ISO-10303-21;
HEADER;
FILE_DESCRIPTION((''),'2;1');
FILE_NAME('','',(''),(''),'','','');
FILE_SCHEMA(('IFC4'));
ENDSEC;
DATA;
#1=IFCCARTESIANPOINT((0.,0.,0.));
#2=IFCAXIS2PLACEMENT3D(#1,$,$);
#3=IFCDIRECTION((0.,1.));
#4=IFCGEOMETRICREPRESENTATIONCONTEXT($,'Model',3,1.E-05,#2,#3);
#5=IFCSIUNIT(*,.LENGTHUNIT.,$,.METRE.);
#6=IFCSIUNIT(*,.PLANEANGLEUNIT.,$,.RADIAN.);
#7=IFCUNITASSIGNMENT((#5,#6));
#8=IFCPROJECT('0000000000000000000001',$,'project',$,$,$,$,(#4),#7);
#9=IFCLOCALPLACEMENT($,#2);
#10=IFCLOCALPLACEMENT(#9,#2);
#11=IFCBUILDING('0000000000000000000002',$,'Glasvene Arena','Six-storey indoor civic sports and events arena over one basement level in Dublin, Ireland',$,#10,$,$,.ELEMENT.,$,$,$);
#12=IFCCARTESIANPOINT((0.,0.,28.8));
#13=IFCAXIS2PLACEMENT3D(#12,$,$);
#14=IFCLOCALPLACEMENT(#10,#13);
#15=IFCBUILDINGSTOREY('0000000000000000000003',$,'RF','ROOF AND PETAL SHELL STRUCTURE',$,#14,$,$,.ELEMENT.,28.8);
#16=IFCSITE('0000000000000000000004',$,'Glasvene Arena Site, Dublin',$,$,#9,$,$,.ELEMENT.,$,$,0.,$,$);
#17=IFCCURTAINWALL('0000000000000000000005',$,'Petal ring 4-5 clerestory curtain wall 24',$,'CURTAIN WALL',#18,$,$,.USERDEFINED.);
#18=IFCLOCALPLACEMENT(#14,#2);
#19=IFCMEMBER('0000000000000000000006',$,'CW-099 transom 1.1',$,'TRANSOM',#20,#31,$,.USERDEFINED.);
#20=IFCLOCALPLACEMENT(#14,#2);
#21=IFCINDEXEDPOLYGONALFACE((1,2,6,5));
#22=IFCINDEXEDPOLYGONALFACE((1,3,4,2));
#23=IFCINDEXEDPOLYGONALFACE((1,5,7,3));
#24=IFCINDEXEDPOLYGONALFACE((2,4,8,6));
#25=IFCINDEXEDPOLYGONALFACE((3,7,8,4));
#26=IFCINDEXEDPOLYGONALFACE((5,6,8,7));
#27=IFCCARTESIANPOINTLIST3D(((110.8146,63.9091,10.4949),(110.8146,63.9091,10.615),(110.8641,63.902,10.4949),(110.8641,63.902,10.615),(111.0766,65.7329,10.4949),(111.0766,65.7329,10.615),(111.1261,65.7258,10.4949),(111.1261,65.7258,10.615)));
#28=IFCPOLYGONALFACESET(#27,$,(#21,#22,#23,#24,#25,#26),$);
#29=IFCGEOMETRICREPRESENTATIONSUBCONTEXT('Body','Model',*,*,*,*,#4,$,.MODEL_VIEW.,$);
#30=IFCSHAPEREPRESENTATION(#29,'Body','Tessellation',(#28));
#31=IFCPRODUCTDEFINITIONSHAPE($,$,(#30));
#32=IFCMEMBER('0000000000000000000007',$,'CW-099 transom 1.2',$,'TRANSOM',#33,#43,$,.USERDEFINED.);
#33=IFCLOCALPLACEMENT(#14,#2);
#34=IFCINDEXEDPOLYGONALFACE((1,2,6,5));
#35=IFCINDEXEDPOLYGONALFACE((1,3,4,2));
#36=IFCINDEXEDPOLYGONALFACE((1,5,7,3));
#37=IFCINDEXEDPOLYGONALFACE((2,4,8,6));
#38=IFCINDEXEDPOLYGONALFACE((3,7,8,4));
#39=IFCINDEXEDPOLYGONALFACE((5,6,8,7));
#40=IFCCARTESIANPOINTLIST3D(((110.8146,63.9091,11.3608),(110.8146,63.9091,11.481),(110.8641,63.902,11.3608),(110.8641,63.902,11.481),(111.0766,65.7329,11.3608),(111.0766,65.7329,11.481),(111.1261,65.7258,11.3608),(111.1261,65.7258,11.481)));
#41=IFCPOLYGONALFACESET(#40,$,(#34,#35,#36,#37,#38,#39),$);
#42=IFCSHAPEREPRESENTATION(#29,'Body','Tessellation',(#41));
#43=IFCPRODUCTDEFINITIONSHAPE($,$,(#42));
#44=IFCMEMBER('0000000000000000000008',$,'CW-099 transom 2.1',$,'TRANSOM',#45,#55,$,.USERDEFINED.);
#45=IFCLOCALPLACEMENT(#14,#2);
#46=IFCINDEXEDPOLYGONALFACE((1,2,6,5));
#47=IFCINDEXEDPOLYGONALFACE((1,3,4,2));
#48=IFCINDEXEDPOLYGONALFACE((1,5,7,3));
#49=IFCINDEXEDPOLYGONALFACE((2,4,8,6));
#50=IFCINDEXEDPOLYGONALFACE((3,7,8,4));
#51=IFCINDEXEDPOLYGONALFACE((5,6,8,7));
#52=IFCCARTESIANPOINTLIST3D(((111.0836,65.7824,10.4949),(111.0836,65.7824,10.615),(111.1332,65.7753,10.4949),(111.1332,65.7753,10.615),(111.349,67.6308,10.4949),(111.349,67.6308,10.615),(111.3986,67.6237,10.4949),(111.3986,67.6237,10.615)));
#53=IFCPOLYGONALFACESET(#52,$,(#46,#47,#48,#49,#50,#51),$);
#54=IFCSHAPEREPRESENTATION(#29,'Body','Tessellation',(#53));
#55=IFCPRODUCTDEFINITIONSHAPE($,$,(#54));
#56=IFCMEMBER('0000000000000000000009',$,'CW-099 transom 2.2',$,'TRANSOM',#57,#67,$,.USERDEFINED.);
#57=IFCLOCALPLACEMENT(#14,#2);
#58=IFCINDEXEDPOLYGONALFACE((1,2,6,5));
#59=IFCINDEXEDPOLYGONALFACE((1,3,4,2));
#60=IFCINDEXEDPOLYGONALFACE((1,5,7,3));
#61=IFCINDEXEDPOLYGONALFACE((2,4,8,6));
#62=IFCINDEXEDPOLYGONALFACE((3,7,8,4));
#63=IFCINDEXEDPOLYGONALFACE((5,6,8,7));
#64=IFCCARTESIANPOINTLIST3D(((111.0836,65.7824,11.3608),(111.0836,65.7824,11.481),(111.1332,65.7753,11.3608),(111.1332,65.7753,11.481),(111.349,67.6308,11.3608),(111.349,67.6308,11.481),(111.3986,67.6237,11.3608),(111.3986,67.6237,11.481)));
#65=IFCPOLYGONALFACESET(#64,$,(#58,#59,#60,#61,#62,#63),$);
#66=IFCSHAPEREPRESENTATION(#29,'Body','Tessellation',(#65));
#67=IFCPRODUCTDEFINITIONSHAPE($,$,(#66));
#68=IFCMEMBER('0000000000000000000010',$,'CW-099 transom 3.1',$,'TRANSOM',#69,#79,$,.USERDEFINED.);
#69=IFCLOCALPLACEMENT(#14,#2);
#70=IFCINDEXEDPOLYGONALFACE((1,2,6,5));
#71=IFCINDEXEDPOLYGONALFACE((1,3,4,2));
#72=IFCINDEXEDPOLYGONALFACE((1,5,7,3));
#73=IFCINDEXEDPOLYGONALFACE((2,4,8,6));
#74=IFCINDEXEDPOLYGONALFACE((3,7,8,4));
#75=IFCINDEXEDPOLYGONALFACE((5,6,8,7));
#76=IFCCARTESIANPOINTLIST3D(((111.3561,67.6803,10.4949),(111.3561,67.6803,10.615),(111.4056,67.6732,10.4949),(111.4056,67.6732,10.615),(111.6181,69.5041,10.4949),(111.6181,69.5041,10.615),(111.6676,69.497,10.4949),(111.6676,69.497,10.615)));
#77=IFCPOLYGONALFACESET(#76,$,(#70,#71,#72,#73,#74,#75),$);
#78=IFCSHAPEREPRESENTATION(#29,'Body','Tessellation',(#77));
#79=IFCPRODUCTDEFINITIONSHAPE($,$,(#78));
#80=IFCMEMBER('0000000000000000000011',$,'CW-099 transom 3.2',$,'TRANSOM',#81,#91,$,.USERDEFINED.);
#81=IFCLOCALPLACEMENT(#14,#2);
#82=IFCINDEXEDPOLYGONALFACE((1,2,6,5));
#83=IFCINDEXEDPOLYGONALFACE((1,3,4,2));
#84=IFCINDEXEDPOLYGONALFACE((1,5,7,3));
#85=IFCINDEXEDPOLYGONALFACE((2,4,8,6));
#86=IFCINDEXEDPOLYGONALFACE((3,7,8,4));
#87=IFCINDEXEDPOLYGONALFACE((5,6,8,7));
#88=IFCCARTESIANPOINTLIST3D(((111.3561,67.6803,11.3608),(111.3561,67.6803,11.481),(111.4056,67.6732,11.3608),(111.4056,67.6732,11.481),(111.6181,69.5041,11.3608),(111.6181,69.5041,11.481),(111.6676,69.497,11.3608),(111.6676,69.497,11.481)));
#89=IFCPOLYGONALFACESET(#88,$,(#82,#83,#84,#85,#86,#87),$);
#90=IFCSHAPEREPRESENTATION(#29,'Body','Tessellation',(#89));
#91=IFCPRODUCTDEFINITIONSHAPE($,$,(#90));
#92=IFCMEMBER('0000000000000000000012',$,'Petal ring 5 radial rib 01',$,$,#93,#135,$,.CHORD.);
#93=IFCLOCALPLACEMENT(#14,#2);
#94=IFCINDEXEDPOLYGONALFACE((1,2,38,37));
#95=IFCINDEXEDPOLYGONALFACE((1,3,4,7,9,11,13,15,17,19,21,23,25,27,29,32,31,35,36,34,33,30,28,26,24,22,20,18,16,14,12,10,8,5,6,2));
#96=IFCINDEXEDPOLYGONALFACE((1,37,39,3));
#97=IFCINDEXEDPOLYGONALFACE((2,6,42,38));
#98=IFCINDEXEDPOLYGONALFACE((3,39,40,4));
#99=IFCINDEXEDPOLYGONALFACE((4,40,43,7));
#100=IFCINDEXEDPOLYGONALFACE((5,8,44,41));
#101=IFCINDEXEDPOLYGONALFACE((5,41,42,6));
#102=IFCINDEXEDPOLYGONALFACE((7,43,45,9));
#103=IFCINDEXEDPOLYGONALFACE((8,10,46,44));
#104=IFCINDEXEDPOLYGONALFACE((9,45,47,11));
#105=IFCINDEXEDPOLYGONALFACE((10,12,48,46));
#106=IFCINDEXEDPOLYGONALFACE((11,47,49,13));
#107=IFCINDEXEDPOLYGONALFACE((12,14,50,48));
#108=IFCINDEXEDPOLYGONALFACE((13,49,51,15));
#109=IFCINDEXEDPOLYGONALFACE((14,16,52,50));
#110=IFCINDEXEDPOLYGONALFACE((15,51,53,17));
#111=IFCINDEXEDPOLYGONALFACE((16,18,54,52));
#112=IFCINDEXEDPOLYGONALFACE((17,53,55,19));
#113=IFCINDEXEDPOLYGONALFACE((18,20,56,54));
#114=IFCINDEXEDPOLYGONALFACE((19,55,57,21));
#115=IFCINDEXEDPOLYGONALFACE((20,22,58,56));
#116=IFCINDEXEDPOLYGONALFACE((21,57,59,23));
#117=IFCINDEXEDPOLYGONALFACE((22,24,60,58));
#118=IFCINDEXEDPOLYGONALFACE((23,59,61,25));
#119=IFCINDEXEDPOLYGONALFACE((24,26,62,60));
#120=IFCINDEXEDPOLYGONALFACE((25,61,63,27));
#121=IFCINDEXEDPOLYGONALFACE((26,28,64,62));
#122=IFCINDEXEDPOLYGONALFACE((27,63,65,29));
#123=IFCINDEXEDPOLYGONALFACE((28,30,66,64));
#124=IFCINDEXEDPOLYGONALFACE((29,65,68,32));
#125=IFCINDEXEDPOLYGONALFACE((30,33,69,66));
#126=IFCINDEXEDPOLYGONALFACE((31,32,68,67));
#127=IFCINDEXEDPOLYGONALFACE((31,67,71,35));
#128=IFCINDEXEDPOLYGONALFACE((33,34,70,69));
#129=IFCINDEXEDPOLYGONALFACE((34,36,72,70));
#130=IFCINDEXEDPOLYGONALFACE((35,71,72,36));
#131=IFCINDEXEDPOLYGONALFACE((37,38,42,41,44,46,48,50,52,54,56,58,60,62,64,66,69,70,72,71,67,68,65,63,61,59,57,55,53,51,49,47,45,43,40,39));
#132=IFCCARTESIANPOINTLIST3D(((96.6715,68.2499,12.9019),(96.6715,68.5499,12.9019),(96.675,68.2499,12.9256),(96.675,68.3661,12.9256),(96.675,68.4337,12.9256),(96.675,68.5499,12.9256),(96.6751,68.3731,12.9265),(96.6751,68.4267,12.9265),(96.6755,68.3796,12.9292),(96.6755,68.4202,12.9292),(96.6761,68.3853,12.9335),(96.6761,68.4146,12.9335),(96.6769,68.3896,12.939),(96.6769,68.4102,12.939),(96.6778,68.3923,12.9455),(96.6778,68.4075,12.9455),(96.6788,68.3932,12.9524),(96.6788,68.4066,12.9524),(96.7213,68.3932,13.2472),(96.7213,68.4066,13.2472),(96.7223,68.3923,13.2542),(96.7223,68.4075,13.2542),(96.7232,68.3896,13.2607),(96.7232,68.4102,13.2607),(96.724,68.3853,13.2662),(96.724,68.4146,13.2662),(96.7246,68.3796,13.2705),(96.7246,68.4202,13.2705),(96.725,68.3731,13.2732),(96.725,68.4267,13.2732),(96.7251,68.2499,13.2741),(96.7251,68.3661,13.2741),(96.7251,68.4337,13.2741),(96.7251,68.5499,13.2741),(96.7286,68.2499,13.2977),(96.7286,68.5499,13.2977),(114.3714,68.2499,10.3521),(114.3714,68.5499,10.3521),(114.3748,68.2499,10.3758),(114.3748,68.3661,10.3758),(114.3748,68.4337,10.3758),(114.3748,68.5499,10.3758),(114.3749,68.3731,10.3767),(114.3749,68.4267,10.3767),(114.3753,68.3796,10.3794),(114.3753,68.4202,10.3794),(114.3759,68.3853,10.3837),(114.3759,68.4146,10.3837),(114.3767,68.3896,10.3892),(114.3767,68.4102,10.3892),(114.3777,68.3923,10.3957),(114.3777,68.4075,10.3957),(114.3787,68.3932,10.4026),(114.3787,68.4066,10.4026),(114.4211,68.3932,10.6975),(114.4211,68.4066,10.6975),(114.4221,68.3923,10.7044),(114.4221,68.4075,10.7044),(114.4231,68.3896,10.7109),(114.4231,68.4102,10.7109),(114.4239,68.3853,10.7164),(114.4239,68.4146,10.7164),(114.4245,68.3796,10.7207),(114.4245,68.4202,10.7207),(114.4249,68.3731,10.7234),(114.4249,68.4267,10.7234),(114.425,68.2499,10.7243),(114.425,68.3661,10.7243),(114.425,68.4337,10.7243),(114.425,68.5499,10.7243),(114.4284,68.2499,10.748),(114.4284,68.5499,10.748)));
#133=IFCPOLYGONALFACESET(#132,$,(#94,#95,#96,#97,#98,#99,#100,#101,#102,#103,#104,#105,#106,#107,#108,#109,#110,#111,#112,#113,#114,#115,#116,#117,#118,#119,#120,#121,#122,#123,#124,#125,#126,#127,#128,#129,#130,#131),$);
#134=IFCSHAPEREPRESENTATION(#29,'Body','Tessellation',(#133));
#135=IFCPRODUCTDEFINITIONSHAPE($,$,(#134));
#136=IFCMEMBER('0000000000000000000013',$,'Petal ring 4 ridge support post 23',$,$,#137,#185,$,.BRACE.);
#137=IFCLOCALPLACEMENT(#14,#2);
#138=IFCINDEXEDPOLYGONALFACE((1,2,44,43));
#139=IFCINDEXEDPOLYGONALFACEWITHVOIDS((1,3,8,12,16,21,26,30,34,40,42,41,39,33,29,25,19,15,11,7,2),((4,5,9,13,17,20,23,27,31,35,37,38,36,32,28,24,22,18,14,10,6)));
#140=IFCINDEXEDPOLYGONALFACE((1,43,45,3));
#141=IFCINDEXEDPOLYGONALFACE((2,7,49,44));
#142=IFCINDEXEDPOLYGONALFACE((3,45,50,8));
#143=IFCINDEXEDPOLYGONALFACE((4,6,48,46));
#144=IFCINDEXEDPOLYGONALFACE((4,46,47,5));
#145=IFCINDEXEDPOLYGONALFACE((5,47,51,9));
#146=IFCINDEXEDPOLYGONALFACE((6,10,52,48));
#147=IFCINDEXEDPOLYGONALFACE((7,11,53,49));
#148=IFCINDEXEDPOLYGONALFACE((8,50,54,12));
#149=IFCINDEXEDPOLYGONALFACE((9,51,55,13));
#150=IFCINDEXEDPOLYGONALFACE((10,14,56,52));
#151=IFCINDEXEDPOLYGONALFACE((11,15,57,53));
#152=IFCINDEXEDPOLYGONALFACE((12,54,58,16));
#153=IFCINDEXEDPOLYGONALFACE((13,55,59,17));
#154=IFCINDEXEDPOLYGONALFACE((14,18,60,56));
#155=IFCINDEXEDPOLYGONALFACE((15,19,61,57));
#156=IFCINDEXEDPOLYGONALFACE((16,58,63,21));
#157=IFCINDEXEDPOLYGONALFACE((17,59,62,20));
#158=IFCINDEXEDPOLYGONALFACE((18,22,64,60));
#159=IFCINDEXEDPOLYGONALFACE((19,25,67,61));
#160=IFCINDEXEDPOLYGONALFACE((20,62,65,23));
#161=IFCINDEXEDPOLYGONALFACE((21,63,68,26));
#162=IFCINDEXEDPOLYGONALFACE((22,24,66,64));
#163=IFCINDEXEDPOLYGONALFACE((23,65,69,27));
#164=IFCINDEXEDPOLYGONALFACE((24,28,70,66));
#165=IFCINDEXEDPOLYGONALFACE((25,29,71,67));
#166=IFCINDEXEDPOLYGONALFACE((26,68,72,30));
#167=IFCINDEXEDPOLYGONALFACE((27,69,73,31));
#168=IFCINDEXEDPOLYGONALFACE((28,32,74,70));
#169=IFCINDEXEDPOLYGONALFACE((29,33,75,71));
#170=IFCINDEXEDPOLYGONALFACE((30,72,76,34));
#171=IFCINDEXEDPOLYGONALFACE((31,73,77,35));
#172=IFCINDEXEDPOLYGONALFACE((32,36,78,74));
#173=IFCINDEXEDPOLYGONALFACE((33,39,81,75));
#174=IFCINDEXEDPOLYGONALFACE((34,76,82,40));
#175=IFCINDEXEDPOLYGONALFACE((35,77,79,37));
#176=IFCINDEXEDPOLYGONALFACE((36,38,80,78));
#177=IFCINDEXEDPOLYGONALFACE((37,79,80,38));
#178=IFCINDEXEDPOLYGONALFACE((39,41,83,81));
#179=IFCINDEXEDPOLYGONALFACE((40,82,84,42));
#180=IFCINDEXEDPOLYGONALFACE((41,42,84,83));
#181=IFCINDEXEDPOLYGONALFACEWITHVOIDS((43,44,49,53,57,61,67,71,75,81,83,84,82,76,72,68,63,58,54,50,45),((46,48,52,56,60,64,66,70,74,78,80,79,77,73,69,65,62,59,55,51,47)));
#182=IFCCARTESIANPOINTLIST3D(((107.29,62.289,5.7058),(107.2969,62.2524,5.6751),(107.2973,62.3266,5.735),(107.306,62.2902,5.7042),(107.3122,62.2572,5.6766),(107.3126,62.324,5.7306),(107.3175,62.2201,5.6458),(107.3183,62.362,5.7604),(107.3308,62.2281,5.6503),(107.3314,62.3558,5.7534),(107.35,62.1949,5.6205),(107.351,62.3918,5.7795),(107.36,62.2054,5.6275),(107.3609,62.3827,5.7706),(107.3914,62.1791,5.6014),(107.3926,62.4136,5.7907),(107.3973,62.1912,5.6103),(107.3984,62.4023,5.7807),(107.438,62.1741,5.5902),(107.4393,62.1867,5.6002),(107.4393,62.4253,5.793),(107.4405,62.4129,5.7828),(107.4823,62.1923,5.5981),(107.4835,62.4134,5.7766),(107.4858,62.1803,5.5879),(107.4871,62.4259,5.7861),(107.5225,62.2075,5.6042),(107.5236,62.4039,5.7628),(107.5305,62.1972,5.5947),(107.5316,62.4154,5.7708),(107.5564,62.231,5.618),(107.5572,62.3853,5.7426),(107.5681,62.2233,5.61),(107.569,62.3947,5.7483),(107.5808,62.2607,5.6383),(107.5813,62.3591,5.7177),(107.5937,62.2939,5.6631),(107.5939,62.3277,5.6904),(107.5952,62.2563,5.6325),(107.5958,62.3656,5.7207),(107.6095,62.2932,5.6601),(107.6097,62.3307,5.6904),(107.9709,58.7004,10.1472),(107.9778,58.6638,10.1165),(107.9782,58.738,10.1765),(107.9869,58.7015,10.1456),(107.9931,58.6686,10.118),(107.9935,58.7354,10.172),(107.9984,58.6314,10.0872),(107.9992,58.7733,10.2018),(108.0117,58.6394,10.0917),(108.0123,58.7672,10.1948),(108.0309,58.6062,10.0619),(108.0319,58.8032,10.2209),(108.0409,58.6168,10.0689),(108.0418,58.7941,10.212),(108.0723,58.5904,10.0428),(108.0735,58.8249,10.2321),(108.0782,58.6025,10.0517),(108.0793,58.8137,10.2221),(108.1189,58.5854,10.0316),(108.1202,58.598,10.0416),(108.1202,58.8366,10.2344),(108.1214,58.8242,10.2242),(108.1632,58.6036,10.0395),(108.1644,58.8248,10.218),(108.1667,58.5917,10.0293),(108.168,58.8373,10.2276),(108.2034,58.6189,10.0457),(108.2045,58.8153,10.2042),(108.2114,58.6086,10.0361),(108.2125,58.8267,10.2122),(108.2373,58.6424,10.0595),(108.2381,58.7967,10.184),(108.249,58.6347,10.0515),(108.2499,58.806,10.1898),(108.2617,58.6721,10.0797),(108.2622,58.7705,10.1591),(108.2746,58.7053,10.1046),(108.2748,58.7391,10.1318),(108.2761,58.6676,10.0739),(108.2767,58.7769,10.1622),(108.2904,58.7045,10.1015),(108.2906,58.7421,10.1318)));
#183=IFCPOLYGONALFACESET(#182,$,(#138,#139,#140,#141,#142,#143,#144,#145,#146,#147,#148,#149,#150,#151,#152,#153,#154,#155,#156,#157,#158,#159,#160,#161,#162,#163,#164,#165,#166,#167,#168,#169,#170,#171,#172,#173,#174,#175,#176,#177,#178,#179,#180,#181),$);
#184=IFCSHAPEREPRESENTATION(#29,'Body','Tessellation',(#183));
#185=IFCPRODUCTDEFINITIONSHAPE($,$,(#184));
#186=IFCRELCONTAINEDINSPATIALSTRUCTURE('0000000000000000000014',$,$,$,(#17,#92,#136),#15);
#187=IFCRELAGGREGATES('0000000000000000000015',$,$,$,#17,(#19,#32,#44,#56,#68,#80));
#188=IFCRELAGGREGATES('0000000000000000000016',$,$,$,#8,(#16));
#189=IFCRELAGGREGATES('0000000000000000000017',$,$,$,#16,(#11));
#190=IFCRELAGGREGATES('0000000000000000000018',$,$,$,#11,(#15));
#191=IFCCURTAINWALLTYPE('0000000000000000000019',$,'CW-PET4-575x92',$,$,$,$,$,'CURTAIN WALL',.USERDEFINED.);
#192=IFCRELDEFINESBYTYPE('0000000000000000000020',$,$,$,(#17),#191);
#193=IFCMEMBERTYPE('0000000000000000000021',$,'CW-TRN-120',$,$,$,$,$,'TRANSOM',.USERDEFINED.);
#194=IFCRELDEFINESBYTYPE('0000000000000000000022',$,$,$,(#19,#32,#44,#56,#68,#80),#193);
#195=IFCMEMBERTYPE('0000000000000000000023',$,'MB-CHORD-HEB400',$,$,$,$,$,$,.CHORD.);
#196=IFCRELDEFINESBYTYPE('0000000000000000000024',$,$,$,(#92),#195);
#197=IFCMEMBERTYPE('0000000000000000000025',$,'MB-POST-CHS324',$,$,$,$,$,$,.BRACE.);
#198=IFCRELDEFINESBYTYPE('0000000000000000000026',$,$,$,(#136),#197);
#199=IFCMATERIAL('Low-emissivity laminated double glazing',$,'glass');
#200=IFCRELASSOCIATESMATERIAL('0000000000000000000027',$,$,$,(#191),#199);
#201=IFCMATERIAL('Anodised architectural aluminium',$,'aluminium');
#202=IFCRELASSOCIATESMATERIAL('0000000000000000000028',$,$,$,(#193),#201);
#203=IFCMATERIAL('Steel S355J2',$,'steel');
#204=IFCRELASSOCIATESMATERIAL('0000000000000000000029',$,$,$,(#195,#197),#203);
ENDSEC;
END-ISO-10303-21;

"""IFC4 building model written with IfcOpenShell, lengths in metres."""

from ifc_helpers import new_model, si_unit, direction, frame, origin, origin_2d, place, context, subcontext, project, spatial, rectangle, hollow_circle, i_section, extrude, material, material_profile, profile_set, type_object, element, aggregate, save


model = new_model("IFC4")

# Units and contexts
model_context = context("Model", 3, precision=1e-05, world=origin(), true_north=direction((0.0, 1.0)))
body_context = subcontext(model_context, "Body", "Model", "MODEL_VIEW")
ifc_project = project(units=[si_unit("LENGTHUNIT", "METRE"), si_unit("PLANEANGLEUNIT", "RADIAN")], contexts=[model_context])

# Site, building, storey
site_placement = place(None, origin())
site = spatial("IfcSite", under=ifc_project, at=site_placement, Name="Glasvene Arena Site, Dublin", CompositionType="ELEMENT", RefElevation=0.0)
building_placement = place(site_placement, origin())
building = spatial("IfcBuilding", under=site, at=building_placement, Name="Glasvene Arena", Description="Six-storey indoor civic sports and events arena over one basement level in Dublin, Ireland", CompositionType="ELEMENT")
storey_placement = place(building_placement, frame((0.0, 0.0, 28.8)))
storey = spatial("IfcBuildingStorey", under=building, at=storey_placement, Name="RF", Description="ROOF AND PETAL SHELL STRUCTURE", CompositionType="ELEMENT", Elevation=28.8)

# Curtain wall
ifc_material_1 = material(Name="Low-emissivity laminated double glazing", Category="glass")
curtain_wall_type_1 = type_object("IfcCurtainWallType", Name="CW-PET4-575x92", ElementType="CURTAIN WALL", PredefinedType="USERDEFINED", material=ifc_material_1)
ifc_material_2 = material(Name="Anodised architectural aluminium", Category="aluminium")
curtain_wall_1_placement = place(storey_placement, frame((110.8323, 63.856, 0.0)))
curtain_wall_1 = element("IfcCurtainWall", 1, at=curtain_wall_1_placement, inside=storey, type_object=curtain_wall_type_1, Name="Petal ring 4-5 clerestory curtain wall 24", ObjectType="CURTAIN WALL", PredefinedType="USERDEFINED")

# Members
ifc_material_profile_1 = material_profile(ifc_material_2, rectangle(XDim=0.05, YDim=0.1201, at=origin_2d()), Name="ALU TRANSOM 50x120")
ifc_profile_set_1 = profile_set([ifc_material_profile_1], Name="Anodised architectural aluminium")
member_type_1 = type_object("IfcMemberType", Name="CW-TRN-120", ElementType="TRANSOM", PredefinedType="USERDEFINED", material=ifc_profile_set_1)
member_1_placement = place(storey_placement, frame((110.8394, 63.9055, 10.5549), z_axis=(0.142182, 0.989841, 0.0), x_axis=(-0.989841, 0.142182, 0.0)))
member_1 = element("IfcMember", 2, at=member_1_placement, type_object=member_type_1, Name="CW-099 transom 1.1", ObjectType="TRANSOM", PredefinedType="USERDEFINED", context=body_context, shape_type="SweptSolid", body=[
    extrude(rectangle(XDim=0.05, YDim=0.1201, at=origin_2d()), origin(), (0.0, 0.0, 1.0), 1.8425),
])
member_2_placement = place(storey_placement, frame((110.8394, 63.9055, 11.4209), z_axis=(0.142182, 0.989841, 0.0), x_axis=(-0.989841, 0.142182, 0.0)))
member_2 = element("IfcMember", 3, at=member_2_placement, type_object=member_type_1, Name="CW-099 transom 1.2", ObjectType="TRANSOM", PredefinedType="USERDEFINED", context=body_context, shape_type="SweptSolid", body=[
    extrude(rectangle(XDim=0.05, YDim=0.1201, at=origin_2d()), origin(), (0.0, 0.0, 1.0), 1.8425),
])
member_3_placement = place(storey_placement, frame((111.1084, 65.7788, 10.5549), z_axis=(0.142117, 0.98985, 0.0), x_axis=(-0.98985, 0.142117, 0.0)))
member_3 = element("IfcMember", 4, at=member_3_placement, type_object=member_type_1, Name="CW-099 transom 2.1", ObjectType="TRANSOM", PredefinedType="USERDEFINED", context=body_context, shape_type="SweptSolid", body=[
    extrude(rectangle(XDim=0.05, YDim=0.1201, at=origin_2d()), origin(), (0.0, 0.0, 1.0), 1.8674),
])
member_4_placement = place(storey_placement, frame((111.1084, 65.7788, 11.4209), z_axis=(0.142117, 0.98985, 0.0), x_axis=(-0.98985, 0.142117, 0.0)))
member_4 = element("IfcMember", 5, at=member_4_placement, type_object=member_type_1, Name="CW-099 transom 2.2", ObjectType="TRANSOM", PredefinedType="USERDEFINED", context=body_context, shape_type="SweptSolid", body=[
    extrude(rectangle(XDim=0.05, YDim=0.1201, at=origin_2d()), origin(), (0.0, 0.0, 1.0), 1.8674),
])
member_5_placement = place(storey_placement, frame((111.3809, 67.6768, 10.5549), z_axis=(0.142182, 0.989841, 0.0), x_axis=(-0.989841, 0.142182, 0.0)))
member_5 = element("IfcMember", 6, at=member_5_placement, type_object=member_type_1, Name="CW-099 transom 3.1", ObjectType="TRANSOM", PredefinedType="USERDEFINED", context=body_context, shape_type="SweptSolid", body=[
    extrude(rectangle(XDim=0.05, YDim=0.1201, at=origin_2d()), origin(), (0.0, 0.0, 1.0), 1.8425),
])
member_6_placement = place(storey_placement, frame((111.3809, 67.6768, 11.4209), z_axis=(0.142182, 0.989841, 0.0), x_axis=(-0.989841, 0.142182, 0.0)))
member_6 = element("IfcMember", 7, at=member_6_placement, type_object=member_type_1, Name="CW-099 transom 3.2", ObjectType="TRANSOM", PredefinedType="USERDEFINED", context=body_context, shape_type="SweptSolid", body=[
    extrude(rectangle(XDim=0.05, YDim=0.1201, at=origin_2d()), origin(), (0.0, 0.0, 1.0), 1.8425),
])

# Members
ifc_material_3 = material(Name="Steel S355J2", Category="steel")
ifc_material_profile_2 = material_profile(ifc_material_3, i_section(OverallWidth=0.3, OverallDepth=0.3999, WebThickness=0.0134, FlangeThickness=0.0239, FilletRadius=0.0271, at=origin_2d()), Name="HEB 400")
ifc_profile_set_2 = profile_set([ifc_material_profile_2], Name="Steel S355J2")
member_type_2 = type_object("IfcMemberType", Name="MB-CHORD-HEB400", PredefinedType="CHORD", material=ifc_profile_set_2)
member_7_placement = place(storey_placement, frame((114.3999, 68.3999, 10.55), z_axis=(-0.989783, 0.0, 0.142585), x_axis=(0.0, -1.0, 0.0)))
element("IfcMember", 8, at=member_7_placement, inside=storey, type_object=member_type_2, Name="Petal ring 5 radial rib 01", PredefinedType="CHORD", context=body_context, shape_type="SweptSolid", body=[
    extrude(i_section(OverallWidth=0.3, OverallDepth=0.3999, WebThickness=0.0134, FlangeThickness=0.0239, FilletRadius=0.0271, at=origin_2d()), origin(), (0.0, 0.0, 1.0), 17.8826),
])
ifc_material_profile_3 = material_profile(ifc_material_3, hollow_circle(Radius=0.1619, WallThickness=0.0161, at=origin_2d()), Name="CHS 323.9x16.0")
ifc_profile_set_3 = profile_set([ifc_material_profile_3], Name="Steel S355J2")
member_type_3 = type_object("IfcMemberType", Name="MB-POST-CHS324", PredefinedType="BRACE", material=ifc_profile_set_3)
member_8_placement = place(storey_placement, frame((107.4507, 62.3005, 5.6904), z_axis=(0.118409, -0.624057, 0.772355), x_axis=(0.982471, 0.186415, 0.0)))
element("IfcMember", 9, at=member_8_placement, inside=storey, type_object=member_type_3, Name="Petal ring 4 ridge support post 23", PredefinedType="BRACE", context=body_context, shape_type="SweptSolid", body=[
    extrude(hollow_circle(Radius=0.1619, WallThickness=0.0161, at=origin_2d()), origin(), (0.0, 0.0, 1.0), 5.7505),
])

aggregate(curtain_wall_1, [member_1, member_2, member_3, member_4, member_5, member_6])

save(model, "model.ifc")
